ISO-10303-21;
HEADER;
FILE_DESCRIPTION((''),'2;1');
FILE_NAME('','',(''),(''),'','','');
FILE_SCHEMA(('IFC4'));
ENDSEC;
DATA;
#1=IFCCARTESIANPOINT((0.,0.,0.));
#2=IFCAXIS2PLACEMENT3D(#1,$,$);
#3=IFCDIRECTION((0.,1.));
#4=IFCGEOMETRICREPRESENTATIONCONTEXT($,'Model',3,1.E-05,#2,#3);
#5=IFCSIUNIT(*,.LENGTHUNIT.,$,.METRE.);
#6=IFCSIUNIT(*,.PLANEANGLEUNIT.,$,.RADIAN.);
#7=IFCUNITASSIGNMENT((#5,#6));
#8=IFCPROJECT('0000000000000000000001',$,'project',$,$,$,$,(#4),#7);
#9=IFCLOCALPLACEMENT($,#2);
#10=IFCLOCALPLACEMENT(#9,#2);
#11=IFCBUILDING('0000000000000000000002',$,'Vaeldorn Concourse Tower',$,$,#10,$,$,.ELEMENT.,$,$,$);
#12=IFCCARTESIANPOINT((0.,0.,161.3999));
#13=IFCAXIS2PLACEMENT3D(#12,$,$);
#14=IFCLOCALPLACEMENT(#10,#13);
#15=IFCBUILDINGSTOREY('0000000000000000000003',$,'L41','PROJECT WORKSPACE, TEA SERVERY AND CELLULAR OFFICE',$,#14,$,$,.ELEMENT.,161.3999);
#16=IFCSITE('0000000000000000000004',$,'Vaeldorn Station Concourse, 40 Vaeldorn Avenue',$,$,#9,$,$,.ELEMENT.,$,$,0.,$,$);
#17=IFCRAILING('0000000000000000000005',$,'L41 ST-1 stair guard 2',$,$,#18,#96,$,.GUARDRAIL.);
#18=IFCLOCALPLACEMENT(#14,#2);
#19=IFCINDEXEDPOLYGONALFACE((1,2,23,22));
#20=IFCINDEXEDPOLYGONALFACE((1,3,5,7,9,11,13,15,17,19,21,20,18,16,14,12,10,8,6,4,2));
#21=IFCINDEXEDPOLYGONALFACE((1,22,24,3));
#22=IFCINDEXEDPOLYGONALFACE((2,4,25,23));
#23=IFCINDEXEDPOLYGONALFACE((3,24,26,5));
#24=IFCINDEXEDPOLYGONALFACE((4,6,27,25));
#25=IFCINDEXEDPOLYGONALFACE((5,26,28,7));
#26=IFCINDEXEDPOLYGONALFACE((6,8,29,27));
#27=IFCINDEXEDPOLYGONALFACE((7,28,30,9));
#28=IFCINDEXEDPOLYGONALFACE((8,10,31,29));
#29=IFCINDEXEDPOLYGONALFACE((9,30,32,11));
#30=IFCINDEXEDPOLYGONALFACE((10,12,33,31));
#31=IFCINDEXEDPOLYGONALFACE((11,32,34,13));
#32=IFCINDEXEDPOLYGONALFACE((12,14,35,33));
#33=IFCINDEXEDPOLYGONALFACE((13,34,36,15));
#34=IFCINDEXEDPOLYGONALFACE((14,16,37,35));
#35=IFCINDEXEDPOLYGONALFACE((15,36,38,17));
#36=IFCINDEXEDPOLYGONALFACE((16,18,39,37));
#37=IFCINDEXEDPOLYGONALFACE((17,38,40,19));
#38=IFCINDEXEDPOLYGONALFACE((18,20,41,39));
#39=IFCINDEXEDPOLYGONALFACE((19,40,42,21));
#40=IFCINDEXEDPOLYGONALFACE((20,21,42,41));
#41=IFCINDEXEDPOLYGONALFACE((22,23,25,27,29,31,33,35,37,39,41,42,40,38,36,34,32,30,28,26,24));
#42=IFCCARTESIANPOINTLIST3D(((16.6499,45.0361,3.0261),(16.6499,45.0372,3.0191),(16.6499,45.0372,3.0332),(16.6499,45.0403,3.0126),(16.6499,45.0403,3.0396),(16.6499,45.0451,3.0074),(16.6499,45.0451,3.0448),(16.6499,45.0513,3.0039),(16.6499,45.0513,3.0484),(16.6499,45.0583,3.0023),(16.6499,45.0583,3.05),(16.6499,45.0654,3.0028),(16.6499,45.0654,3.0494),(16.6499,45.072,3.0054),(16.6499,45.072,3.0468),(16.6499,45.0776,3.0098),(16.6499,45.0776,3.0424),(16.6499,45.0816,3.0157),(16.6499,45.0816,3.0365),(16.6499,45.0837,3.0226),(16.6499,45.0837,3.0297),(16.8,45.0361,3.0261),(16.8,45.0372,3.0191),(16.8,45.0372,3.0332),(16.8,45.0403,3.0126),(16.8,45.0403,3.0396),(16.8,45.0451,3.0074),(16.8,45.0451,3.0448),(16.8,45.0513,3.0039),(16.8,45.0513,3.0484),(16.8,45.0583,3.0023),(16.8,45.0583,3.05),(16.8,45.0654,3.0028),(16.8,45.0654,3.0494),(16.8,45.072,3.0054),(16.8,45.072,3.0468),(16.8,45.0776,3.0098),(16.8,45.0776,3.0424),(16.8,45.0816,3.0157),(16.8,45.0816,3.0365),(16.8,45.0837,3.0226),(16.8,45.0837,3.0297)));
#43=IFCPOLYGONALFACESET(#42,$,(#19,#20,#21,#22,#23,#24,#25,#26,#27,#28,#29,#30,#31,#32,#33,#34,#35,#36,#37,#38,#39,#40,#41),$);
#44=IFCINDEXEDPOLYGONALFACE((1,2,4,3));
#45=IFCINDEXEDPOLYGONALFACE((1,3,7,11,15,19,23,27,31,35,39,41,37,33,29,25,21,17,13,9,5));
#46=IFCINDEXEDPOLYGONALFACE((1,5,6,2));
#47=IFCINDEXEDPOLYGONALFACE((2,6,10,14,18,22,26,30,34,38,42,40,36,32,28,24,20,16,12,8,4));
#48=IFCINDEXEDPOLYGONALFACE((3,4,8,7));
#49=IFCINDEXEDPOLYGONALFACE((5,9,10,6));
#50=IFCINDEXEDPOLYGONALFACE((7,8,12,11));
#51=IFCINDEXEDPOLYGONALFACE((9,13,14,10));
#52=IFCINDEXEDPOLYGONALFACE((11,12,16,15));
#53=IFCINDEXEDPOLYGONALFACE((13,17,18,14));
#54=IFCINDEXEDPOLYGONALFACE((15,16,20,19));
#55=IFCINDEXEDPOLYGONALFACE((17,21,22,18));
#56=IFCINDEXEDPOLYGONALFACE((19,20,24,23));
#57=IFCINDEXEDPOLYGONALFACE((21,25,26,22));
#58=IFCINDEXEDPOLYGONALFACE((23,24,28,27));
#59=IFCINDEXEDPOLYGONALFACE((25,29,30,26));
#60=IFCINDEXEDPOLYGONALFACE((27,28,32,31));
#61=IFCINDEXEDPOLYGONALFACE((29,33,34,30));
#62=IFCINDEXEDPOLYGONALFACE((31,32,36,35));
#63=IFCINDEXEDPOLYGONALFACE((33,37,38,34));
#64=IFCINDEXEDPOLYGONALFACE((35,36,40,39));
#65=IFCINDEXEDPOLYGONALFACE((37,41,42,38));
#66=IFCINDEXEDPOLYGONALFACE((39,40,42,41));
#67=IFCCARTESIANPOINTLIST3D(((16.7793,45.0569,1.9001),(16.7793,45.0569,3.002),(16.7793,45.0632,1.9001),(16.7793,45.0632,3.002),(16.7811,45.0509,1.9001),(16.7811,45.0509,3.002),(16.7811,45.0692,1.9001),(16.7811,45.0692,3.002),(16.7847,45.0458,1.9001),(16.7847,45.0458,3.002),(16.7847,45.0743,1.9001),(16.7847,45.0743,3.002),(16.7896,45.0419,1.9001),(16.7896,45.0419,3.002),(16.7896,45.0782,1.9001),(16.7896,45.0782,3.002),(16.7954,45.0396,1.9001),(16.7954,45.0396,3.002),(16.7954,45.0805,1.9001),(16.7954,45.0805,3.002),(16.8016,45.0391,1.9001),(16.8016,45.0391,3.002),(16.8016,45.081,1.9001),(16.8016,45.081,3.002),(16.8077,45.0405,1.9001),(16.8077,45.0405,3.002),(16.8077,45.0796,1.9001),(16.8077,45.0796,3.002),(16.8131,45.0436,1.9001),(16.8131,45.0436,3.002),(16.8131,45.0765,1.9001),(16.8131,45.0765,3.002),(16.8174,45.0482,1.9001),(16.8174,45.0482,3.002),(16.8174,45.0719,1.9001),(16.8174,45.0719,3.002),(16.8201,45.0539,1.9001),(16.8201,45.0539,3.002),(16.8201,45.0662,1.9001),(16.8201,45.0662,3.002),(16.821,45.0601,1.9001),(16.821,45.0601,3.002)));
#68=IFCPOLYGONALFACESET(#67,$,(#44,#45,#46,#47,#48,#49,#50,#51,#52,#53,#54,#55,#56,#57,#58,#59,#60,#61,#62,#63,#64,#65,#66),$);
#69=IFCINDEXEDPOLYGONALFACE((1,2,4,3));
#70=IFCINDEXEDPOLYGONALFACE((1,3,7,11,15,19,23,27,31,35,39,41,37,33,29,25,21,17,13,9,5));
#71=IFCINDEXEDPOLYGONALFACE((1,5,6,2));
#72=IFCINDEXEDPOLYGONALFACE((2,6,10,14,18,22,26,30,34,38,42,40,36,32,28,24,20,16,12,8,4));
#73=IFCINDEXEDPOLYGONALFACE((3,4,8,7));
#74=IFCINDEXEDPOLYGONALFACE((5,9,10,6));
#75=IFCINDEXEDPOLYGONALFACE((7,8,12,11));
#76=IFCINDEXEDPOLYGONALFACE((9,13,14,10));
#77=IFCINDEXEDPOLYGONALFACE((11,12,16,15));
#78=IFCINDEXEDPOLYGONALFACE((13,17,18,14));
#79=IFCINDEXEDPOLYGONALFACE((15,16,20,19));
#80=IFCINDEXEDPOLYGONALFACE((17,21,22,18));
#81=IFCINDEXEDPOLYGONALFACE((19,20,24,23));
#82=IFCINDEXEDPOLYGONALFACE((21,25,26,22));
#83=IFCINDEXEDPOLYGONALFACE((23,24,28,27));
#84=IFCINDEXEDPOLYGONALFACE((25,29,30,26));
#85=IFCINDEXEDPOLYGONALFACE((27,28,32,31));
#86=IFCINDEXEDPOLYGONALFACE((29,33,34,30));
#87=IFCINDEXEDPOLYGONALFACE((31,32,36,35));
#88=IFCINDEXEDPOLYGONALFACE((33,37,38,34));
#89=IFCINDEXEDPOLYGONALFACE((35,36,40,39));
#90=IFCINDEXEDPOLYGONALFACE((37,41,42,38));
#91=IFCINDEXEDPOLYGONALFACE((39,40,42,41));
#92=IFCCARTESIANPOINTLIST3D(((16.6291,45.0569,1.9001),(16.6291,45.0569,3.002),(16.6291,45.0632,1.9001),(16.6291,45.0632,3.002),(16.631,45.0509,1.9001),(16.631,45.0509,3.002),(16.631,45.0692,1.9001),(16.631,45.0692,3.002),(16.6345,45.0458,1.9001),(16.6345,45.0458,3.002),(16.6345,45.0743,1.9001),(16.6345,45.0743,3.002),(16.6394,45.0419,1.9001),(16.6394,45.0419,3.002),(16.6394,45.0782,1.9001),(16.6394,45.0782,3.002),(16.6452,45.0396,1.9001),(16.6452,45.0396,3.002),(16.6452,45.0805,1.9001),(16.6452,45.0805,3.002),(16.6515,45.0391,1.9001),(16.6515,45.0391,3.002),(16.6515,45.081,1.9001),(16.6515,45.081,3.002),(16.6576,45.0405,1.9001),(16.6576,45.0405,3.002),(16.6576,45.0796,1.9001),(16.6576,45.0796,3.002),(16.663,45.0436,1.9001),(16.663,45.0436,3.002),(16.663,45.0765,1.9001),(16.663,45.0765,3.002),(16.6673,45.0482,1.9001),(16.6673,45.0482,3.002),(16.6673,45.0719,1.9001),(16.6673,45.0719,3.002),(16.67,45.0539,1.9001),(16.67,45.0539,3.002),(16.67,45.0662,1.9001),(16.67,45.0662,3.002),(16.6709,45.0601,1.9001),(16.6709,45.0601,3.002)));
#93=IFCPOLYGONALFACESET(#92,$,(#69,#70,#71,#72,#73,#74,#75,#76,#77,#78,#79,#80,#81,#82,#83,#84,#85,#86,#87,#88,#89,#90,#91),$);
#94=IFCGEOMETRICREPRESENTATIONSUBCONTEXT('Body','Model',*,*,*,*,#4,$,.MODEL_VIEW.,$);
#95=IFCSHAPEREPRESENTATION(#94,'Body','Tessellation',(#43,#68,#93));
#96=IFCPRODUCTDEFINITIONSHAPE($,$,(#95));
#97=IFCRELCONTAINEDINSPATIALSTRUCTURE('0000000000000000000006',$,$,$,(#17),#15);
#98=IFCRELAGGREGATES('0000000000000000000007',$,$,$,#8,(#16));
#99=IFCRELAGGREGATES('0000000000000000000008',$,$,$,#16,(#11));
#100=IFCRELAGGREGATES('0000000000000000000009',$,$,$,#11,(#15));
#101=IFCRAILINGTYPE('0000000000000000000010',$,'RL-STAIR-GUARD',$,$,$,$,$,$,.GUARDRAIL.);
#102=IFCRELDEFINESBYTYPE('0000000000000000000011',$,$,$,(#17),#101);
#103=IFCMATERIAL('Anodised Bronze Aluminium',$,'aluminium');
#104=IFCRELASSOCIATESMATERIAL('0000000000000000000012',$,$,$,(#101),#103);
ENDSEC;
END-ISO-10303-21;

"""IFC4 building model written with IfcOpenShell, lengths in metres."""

from ifc_helpers import new_model, si_unit, direction, frame, origin, origin_2d, place, context, subcontext, project, spatial, circle, extrude, material, type_object, element, save


model = new_model("IFC4")

# Units and contexts
model_context = context("Model", 3, precision=1e-05, world=origin(), true_north=direction((0.0, 1.0)))
body_context = subcontext(model_context, "Body", "Model", "MODEL_VIEW")
ifc_project = project(units=[si_unit("LENGTHUNIT", "METRE"), si_unit("PLANEANGLEUNIT", "RADIAN")], contexts=[model_context])

# Site, building, storey
site_placement = place(None, origin())
site = spatial("IfcSite", under=ifc_project, at=site_placement, Name="Vaeldorn Station Concourse, 40 Vaeldorn Avenue", CompositionType="ELEMENT", RefElevation=0.0)
building_placement = place(site_placement, origin())
building = spatial("IfcBuilding", under=site, at=building_placement, Name="Vaeldorn Concourse Tower", CompositionType="ELEMENT")
storey_placement = place(building_placement, frame((0.0, 0.0, 161.3999)))
storey = spatial("IfcBuildingStorey", under=building, at=storey_placement, Name="L41", Description="PROJECT WORKSPACE, TEA SERVERY AND CELLULAR OFFICE", CompositionType="ELEMENT", Elevation=161.3999)

# Shared definitions
ifc_material_1 = material(Name="Anodised Bronze Aluminium", Category="aluminium")

# Railing
railing_type_1 = type_object("IfcRailingType", Name="RL-STAIR-GUARD", PredefinedType="GUARDRAIL", material=ifc_material_1)
railing_1_placement = place(storey_placement, frame((16.8, 45.0601, 1.9001)))
element("IfcRailing", 1, at=railing_1_placement, inside=storey, type_object=railing_type_1, Name="L41 ST-1 stair guard 2", PredefinedType="GUARDRAIL", context=body_context, shape_type="SweptSolid", body=[
    extrude(circle(Radius=0.0239, at=origin_2d()), frame((0.0, 0.0, 1.126), z_axis=(-1.0, 0.0, 0.0), x_axis=(0.0, -1.0, 0.0)), (0.0, 0.0, 1.0), 0.1501),
    extrude(circle(Radius=0.021, at=origin_2d()), origin(), (0.0, 0.0, 1.0), 1.1018),
    extrude(circle(Radius=0.021, at=origin_2d()), frame((-0.1501, 0.0, 0.0)), (0.0, 0.0, 1.0), 1.1018),
])

save(model, "model.ifc")
